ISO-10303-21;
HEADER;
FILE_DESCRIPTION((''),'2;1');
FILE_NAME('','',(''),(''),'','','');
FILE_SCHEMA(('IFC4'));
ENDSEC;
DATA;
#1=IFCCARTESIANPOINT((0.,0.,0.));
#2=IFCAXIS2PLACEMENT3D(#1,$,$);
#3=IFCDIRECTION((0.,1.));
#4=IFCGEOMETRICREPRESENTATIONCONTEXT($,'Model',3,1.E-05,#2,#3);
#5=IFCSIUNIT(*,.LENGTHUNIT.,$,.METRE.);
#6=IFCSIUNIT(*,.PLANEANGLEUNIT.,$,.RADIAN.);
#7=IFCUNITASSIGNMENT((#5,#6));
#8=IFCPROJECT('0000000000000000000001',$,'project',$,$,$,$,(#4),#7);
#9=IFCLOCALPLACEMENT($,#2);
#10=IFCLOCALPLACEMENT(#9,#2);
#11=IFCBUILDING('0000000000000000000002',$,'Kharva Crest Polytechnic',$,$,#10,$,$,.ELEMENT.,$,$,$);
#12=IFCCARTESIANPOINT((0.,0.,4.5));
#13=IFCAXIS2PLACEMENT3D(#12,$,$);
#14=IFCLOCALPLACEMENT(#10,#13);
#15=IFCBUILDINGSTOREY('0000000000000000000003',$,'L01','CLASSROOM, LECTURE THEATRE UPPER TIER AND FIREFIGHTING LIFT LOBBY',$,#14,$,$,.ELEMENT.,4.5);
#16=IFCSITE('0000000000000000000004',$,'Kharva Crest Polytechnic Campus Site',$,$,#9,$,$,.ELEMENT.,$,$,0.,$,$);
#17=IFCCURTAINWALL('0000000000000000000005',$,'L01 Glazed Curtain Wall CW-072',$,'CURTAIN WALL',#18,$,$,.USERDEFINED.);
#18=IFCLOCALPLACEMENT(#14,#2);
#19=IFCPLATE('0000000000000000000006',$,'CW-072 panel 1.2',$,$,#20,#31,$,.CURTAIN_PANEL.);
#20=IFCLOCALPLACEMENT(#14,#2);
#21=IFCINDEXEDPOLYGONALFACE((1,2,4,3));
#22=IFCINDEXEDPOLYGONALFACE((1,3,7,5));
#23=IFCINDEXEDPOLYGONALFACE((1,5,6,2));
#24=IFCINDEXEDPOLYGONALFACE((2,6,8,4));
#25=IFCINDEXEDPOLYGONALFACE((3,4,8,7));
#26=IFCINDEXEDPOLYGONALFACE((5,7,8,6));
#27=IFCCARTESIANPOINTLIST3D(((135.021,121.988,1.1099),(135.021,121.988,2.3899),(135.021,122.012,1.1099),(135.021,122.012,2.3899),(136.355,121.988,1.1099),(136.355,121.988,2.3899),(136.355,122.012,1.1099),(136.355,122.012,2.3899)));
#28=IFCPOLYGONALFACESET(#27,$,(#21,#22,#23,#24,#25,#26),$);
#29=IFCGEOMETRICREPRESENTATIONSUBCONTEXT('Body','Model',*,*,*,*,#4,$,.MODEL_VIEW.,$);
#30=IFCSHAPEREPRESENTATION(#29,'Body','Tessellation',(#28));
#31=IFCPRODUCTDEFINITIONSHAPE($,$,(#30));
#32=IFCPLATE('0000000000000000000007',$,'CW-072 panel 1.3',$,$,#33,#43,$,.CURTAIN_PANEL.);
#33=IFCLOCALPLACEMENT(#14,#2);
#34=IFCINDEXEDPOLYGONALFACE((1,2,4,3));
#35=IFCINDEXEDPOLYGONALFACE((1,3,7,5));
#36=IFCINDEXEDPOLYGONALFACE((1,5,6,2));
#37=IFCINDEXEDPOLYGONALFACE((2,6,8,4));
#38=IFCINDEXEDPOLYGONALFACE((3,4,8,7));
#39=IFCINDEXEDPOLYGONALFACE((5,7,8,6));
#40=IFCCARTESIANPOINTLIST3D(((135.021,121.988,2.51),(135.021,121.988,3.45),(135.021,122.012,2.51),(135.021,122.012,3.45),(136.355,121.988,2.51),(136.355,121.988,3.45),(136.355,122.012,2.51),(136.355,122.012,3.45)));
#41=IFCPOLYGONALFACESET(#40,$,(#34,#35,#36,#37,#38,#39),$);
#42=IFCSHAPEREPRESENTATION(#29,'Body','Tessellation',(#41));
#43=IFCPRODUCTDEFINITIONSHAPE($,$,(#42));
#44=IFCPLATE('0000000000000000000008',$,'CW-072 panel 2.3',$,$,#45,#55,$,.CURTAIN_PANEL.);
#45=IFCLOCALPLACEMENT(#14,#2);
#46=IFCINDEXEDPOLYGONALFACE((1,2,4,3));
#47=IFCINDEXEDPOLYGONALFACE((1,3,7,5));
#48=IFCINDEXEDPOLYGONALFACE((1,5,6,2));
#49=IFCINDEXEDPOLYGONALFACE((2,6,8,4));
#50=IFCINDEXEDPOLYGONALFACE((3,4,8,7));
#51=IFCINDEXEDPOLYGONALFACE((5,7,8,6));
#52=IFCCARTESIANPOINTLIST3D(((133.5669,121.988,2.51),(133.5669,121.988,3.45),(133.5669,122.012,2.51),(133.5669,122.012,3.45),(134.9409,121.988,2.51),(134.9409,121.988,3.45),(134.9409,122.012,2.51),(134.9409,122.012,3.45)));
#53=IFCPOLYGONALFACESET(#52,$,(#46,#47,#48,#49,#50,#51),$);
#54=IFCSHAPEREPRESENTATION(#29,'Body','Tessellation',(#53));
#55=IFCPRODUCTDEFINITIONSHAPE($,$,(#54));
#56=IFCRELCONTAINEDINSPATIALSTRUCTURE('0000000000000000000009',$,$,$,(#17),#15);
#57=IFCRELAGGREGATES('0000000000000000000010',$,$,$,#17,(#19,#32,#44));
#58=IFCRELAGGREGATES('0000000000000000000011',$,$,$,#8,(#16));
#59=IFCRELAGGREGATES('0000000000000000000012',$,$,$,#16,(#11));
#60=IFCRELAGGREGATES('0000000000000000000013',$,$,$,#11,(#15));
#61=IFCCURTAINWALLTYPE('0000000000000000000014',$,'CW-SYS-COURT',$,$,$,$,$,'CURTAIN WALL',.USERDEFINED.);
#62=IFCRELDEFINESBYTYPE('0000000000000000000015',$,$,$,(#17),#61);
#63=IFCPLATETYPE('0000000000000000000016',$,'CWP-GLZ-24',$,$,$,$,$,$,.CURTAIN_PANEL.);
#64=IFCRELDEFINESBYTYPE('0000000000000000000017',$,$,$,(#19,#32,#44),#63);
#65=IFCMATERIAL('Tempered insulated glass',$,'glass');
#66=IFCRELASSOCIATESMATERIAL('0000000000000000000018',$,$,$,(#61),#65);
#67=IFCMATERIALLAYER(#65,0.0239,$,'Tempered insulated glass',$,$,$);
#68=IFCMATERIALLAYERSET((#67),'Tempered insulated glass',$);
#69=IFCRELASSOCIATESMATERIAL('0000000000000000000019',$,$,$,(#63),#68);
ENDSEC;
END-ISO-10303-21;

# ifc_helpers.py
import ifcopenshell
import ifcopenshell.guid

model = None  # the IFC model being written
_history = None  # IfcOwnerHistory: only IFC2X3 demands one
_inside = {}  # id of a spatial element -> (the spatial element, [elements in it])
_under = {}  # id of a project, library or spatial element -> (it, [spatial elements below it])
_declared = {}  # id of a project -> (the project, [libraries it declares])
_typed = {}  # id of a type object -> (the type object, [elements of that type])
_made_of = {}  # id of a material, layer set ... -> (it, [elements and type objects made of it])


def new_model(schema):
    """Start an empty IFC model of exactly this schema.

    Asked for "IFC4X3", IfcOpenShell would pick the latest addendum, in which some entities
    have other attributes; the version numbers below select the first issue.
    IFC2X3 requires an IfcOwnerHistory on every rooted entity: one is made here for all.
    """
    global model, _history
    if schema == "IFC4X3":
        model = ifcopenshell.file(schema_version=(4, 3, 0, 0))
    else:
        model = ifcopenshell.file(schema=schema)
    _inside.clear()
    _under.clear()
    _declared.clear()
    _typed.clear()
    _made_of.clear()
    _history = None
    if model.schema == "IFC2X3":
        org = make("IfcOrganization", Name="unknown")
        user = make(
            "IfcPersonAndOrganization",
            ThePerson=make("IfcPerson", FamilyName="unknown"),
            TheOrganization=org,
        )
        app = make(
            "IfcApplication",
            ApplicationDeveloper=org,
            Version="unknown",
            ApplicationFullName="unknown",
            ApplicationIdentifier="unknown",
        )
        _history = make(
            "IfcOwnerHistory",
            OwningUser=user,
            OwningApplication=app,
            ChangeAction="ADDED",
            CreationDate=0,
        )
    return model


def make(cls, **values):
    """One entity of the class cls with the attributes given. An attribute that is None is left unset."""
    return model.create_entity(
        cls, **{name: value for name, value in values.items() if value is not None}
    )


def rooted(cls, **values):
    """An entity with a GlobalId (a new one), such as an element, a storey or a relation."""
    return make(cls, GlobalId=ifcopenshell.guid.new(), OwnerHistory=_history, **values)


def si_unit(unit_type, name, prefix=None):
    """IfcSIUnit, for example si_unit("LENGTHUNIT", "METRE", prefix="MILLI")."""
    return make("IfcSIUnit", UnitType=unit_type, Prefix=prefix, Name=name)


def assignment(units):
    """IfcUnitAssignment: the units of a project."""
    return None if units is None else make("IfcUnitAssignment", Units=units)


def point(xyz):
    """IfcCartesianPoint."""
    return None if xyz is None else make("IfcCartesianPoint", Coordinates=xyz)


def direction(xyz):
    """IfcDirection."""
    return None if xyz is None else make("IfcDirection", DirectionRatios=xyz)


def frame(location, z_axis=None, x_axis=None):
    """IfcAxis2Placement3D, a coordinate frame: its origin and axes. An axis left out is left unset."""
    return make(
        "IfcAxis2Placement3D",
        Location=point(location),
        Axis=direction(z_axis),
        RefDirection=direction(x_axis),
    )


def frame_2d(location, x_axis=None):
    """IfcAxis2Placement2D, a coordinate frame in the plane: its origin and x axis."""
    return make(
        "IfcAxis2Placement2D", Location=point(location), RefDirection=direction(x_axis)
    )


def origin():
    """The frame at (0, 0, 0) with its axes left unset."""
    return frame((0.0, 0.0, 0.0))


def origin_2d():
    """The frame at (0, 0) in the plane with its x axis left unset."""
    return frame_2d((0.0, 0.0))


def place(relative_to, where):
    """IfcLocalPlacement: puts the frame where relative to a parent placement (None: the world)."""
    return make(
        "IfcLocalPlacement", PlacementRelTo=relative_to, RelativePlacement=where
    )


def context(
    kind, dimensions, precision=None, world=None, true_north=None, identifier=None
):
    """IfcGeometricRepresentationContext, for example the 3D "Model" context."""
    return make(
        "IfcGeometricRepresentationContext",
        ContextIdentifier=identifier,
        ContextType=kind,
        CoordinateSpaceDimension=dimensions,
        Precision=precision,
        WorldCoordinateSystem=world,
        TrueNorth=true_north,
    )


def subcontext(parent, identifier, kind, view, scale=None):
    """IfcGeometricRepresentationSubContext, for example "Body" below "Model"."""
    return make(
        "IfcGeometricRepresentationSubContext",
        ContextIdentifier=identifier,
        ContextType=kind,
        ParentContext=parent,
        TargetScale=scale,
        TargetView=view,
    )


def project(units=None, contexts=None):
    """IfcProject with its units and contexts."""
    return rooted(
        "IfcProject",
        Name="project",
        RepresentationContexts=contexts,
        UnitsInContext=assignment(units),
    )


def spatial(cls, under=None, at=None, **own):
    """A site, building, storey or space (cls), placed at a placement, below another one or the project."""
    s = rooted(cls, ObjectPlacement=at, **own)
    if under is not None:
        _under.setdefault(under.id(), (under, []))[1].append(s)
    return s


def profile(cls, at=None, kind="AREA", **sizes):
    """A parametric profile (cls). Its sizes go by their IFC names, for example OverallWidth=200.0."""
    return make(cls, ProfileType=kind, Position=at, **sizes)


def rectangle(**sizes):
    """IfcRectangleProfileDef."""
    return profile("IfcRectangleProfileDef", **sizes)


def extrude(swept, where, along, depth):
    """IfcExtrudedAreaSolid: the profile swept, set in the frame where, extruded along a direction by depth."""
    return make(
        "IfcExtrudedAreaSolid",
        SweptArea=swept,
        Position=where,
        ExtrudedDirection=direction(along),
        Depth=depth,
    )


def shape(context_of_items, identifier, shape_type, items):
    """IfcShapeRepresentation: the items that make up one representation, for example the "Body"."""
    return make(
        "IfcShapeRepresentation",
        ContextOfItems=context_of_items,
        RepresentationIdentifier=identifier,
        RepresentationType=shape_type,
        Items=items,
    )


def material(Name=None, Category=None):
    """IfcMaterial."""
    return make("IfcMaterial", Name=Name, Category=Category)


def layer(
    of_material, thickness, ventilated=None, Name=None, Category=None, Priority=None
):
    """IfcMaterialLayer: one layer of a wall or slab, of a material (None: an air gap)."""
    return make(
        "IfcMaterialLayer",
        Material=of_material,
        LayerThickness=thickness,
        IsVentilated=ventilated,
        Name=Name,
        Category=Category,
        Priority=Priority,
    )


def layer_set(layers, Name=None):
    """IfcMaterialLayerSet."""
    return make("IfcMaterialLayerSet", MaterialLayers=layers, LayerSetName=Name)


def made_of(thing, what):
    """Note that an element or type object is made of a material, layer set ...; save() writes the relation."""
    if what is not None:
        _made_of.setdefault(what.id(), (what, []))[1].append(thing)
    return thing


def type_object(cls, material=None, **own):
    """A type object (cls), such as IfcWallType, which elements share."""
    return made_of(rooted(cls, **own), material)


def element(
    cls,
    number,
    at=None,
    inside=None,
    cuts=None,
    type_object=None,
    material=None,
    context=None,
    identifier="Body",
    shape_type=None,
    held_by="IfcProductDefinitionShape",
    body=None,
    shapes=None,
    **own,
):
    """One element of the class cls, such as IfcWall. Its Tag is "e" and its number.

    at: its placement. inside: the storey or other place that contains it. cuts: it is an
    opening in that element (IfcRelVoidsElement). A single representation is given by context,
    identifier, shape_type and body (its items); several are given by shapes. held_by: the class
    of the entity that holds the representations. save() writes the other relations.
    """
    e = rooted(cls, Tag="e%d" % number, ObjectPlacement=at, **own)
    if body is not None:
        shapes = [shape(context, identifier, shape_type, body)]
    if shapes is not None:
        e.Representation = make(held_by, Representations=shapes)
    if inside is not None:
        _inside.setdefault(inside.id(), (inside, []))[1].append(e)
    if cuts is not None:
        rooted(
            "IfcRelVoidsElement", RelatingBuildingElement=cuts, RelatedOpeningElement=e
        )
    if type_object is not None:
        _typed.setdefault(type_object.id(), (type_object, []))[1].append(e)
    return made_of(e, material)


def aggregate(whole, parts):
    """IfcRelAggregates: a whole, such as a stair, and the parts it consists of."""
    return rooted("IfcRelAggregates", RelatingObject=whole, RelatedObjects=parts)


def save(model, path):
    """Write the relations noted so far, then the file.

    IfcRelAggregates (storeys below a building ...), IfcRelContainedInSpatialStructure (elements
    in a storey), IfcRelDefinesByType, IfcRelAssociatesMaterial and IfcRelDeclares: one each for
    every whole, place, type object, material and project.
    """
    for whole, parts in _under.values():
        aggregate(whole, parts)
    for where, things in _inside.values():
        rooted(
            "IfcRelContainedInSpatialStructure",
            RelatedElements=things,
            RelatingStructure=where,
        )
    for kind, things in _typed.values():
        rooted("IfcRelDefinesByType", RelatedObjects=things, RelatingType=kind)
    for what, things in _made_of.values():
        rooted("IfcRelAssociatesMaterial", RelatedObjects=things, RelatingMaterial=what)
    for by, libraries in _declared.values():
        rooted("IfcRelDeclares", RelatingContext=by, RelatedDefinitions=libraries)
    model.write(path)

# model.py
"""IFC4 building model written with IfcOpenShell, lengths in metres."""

from ifc_helpers import new_model, si_unit, direction, frame, origin, origin_2d, place, context, subcontext, project, spatial, rectangle, extrude, material, layer, layer_set, type_object, element, aggregate, save


model = new_model("IFC4")

# Units and contexts
model_context = context("Model", 3, precision=1e-05, world=origin(), true_north=direction((0.0, 1.0)))
body_context = subcontext(model_context, "Body", "Model", "MODEL_VIEW")
ifc_project = project(units=[si_unit("LENGTHUNIT", "METRE"), si_unit("PLANEANGLEUNIT", "RADIAN")], contexts=[model_context])

# Site, building, storey
site_placement = place(None, origin())
site = spatial("IfcSite", under=ifc_project, at=site_placement, Name="Kharva Crest Polytechnic Campus Site", CompositionType="ELEMENT", RefElevation=0.0)
building_placement = place(site_placement, origin())
building = spatial("IfcBuilding", under=site, at=building_placement, Name="Kharva Crest Polytechnic", CompositionType="ELEMENT")
storey_placement = place(building_placement, frame((0.0, 0.0, 4.5)))
storey = spatial("IfcBuildingStorey", under=building, at=storey_placement, Name="L01", Description="CLASSROOM, LECTURE THEATRE UPPER TIER AND FIREFIGHTING LIFT LOBBY", CompositionType="ELEMENT", Elevation=4.5)

# Shared definitions
ifc_material_1 = material(Name="Tempered insulated glass", Category="glass")
curtain_wall_type = type_object("IfcCurtainWallType", Name="CW-SYS-COURT", ElementType="CURTAIN WALL", PredefinedType="USERDEFINED", material=ifc_material_1)

# Curtain wall
curtain_wall_1_placement = place(storey_placement, origin())
curtain_wall_1 = element("IfcCurtainWall", 1, at=curtain_wall_1_placement, inside=storey, type_object=curtain_wall_type, Name="L01 Glazed Curtain Wall CW-072", ObjectType="CURTAIN WALL", PredefinedType="USERDEFINED")

# Plates
ifc_layer = layer(ifc_material_1, 0.0239, Name="Tempered insulated glass")
ifc_layer_set = layer_set([ifc_layer], Name="Tempered insulated glass")
plate_type = type_object("IfcPlateType", Name="CWP-GLZ-24", PredefinedType="CURTAIN_PANEL", material=ifc_layer_set)
plate_1_placement = place(storey_placement, frame((135.688, 122.0, 1.1099), z_axis=(0.0, 0.0, 1.0), x_axis=(-1.0, 0.0, 0.0)))
plate_1 = element("IfcPlate", 2, at=plate_1_placement, type_object=plate_type, Name="CW-072 panel 1.2", PredefinedType="CURTAIN_PANEL", context=body_context, shape_type="SweptSolid", body=[
    extrude(rectangle(XDim=1.334, YDim=0.0239, at=origin_2d()), origin(), (0.0, 0.0, 1.0), 1.28),
])
plate_2_placement = place(storey_placement, frame((135.688, 122.0, 2.51), z_axis=(0.0, 0.0, 1.0), x_axis=(-1.0, 0.0, 0.0)))
plate_2 = element("IfcPlate", 3, at=plate_2_placement, type_object=plate_type, Name="CW-072 panel 1.3", PredefinedType="CURTAIN_PANEL", context=body_context, shape_type="SweptSolid", body=[
    extrude(rectangle(XDim=1.334, YDim=0.0239, at=origin_2d()), origin(), (0.0, 0.0, 1.0), 0.9399),
])
plate_3_placement = place(storey_placement, frame((134.2539, 122.0, 2.51), z_axis=(0.0, 0.0, 1.0), x_axis=(-1.0, 0.0, 0.0)))
plate_3 = element("IfcPlate", 4, at=plate_3_placement, type_object=plate_type, Name="CW-072 panel 2.3", PredefinedType="CURTAIN_PANEL", context=body_context, shape_type="SweptSolid", body=[
    extrude(rectangle(XDim=1.374, YDim=0.0239, at=origin_2d()), origin(), (0.0, 0.0, 1.0), 0.9399),
])
aggregate(curtain_wall_1, [plate_1, plate_2, plate_3])

save(model, "model.ifc")
